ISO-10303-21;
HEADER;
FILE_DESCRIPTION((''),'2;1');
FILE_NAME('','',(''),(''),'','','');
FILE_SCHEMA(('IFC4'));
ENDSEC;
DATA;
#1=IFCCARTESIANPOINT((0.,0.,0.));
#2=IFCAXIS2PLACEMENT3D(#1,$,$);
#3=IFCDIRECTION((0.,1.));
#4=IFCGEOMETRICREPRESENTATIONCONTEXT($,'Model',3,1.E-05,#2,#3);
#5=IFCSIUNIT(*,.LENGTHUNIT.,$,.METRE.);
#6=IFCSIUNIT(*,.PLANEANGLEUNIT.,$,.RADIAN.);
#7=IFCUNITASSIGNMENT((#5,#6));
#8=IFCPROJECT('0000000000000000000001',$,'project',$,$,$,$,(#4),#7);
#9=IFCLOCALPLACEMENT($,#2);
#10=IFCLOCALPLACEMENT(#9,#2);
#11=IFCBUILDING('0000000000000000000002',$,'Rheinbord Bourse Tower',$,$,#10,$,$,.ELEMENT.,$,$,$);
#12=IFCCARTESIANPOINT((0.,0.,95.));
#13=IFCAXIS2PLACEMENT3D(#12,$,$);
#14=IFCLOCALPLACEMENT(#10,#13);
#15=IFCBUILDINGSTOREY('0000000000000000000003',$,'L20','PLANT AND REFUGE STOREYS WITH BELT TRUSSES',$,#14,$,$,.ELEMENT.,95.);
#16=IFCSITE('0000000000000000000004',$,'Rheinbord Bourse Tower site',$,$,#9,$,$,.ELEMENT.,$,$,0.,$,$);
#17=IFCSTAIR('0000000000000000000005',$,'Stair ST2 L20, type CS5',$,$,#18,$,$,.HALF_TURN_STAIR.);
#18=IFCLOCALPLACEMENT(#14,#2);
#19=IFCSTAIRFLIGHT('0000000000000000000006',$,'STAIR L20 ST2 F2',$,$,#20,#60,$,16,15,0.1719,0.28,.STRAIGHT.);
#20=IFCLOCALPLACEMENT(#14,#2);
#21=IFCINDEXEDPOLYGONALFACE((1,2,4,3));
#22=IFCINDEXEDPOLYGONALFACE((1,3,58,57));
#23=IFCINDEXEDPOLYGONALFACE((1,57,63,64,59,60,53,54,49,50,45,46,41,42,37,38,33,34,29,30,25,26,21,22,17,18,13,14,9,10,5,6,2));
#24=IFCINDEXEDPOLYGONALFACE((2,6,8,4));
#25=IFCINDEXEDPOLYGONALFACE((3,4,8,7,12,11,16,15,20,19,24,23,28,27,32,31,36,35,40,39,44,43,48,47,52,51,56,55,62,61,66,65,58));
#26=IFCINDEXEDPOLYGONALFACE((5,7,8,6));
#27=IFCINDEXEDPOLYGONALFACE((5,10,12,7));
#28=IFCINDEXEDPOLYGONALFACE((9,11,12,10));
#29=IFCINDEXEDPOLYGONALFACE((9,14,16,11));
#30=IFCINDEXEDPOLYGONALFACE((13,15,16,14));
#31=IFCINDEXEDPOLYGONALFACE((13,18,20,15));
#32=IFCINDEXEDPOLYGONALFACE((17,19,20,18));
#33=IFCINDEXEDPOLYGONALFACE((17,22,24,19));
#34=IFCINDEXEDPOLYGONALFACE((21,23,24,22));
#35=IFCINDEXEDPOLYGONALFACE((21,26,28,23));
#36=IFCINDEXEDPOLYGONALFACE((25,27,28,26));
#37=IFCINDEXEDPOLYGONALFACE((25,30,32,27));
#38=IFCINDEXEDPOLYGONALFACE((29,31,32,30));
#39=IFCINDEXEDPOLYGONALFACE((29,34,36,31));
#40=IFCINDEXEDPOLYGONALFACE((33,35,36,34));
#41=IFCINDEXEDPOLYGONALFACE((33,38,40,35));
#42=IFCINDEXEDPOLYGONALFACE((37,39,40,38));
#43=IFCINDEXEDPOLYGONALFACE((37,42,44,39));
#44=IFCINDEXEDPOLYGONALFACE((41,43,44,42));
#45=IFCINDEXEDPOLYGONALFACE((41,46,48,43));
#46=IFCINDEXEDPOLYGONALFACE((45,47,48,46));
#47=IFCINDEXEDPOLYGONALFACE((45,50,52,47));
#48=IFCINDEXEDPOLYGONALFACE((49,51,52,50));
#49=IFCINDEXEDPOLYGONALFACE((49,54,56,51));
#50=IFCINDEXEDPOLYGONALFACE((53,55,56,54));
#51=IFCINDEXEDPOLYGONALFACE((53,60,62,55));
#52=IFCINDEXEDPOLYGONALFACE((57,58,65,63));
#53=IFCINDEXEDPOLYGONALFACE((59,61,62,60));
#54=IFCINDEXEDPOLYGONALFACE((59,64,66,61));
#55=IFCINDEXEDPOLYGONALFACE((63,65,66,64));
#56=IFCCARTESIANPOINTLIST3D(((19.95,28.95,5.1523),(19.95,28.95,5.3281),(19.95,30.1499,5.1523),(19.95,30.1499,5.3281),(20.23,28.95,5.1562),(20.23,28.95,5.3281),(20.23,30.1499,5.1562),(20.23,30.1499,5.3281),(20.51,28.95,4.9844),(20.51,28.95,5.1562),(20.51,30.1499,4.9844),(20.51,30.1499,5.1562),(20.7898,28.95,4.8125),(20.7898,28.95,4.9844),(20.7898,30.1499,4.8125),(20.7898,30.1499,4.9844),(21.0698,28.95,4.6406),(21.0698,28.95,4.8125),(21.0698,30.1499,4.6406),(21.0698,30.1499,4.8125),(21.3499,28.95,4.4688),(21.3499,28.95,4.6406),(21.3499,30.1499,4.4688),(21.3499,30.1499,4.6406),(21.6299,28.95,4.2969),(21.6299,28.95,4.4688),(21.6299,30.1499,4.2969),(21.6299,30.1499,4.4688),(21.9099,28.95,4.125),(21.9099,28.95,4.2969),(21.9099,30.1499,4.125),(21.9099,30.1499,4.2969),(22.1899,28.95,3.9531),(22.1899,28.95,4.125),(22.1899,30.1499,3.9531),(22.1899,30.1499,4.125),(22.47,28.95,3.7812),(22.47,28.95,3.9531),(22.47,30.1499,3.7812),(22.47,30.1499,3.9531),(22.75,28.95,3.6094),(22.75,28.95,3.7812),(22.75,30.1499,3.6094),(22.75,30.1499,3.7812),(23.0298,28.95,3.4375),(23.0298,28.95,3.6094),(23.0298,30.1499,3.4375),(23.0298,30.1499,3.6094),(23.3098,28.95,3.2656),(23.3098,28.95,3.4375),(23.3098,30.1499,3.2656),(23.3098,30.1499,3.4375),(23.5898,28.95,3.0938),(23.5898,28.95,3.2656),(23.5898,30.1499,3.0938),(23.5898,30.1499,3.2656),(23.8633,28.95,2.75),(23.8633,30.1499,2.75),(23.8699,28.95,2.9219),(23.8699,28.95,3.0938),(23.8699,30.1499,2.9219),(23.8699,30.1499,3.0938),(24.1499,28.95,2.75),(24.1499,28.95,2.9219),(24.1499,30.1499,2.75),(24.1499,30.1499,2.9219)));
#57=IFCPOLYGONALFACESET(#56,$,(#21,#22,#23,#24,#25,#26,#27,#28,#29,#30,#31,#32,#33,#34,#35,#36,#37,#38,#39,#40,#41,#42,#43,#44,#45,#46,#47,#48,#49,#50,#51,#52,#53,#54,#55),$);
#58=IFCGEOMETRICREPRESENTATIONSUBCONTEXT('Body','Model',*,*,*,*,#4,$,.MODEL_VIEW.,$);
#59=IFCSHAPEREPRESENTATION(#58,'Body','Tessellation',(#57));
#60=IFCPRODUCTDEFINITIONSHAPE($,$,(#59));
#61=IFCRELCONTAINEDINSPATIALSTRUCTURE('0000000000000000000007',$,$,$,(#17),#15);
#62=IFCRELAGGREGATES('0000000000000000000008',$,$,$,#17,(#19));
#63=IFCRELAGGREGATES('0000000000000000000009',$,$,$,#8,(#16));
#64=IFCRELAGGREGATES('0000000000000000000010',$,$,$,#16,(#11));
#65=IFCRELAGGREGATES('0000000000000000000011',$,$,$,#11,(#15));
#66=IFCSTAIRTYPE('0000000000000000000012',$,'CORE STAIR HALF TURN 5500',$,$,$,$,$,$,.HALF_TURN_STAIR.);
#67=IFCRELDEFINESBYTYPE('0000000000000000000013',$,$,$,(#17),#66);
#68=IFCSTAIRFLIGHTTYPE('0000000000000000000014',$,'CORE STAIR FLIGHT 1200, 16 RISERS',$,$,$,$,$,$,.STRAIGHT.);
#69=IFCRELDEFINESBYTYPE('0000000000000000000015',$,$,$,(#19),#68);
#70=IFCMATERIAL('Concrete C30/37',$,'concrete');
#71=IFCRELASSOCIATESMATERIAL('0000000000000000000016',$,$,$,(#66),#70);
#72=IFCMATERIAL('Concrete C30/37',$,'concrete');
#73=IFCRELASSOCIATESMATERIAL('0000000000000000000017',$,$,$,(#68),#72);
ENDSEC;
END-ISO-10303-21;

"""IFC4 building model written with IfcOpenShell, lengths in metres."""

from ifc_helpers import new_model, si_unit, direction, frame, origin, place, context, subcontext, project, spatial, polyline, outline, extrude, material, type_object, element, aggregate, save


model = new_model("IFC4")

# Units and contexts
model_context = context("Model", 3, precision=1e-05, world=origin(), true_north=direction((0.0, 1.0)))
body_context = subcontext(model_context, "Body", "Model", "MODEL_VIEW")
ifc_project = project(units=[si_unit("LENGTHUNIT", "METRE"), si_unit("PLANEANGLEUNIT", "RADIAN")], contexts=[model_context])

# Site, building, storey
site_placement = place(None, origin())
site = spatial("IfcSite", under=ifc_project, at=site_placement, Name="Rheinbord Bourse Tower site", CompositionType="ELEMENT", RefElevation=0.0)
building_placement = place(site_placement, origin())
building = spatial("IfcBuilding", under=site, at=building_placement, Name="Rheinbord Bourse Tower", CompositionType="ELEMENT")
storey_placement = place(building_placement, frame((0.0, 0.0, 95.0)))
storey = spatial("IfcBuildingStorey", under=building, at=storey_placement, Name="L20", Description="PLANT AND REFUGE STOREYS WITH BELT TRUSSES", CompositionType="ELEMENT", Elevation=95.0)

# Stair, stair flight
ifc_material_1 = material(Name="Concrete C30/37", Category="concrete")
stair_type = type_object("IfcStairType", Name="CORE STAIR HALF TURN 5500", PredefinedType="HALF_TURN_STAIR", material=ifc_material_1)
stair_placement = place(storey_placement, origin())
stair = element("IfcStair", 1, at=stair_placement, inside=storey, type_object=stair_type, Name="Stair ST2 L20, type CS5", PredefinedType="HALF_TURN_STAIR")
ifc_material_2 = material(Name="Concrete C30/37", Category="concrete")
stair_flight_type = type_object("IfcStairFlightType", Name="CORE STAIR FLIGHT 1200, 16 RISERS", PredefinedType="STRAIGHT", material=ifc_material_2)
stair_flight_1_placement = place(storey_placement, frame((24.1499, 29.55, 2.75), z_axis=(0.0, 0.0, 1.0), x_axis=(-1.0, 0.0, 0.0)))
stair_flight_1 = element("IfcStairFlight", 2, at=stair_flight_1_placement, type_object=stair_flight_type, Name="STAIR L20 ST2 F2", NumberOfRisers=16, NumberOfTreads=15, PredefinedType="STRAIGHT", RiserHeight=0.1719, TreadLength=0.28, context=body_context, shape_type="SweptSolid", body=[
    extrude(outline(polyline([(0.0, 0.0), (0.0, 0.1719), (0.28, 0.1719), (0.28, 0.3438), (0.5601, 0.3438), (0.5601, 0.5156), (0.8401, 0.5156), (0.8401, 0.6875), (1.1201, 0.6875), (1.1201, 0.8594), (1.3999, 0.8594), (1.3999, 1.0312), (1.6799, 1.0312), (1.6799, 1.2031), (1.96, 1.2031), (1.96, 1.375), (2.24, 1.375), (2.24, 1.5469), (2.52, 1.5469), (2.52, 1.7188), (2.8, 1.7188), (2.8, 1.8906), (3.0801, 1.8906), (3.0801, 2.0625), (3.3601, 2.0625), (3.3601, 2.2344), (3.6399, 2.2344), (3.6399, 2.4062), (3.9199, 2.4062), (3.9199, 2.5781), (4.2, 2.5781), (4.2, 2.75), (4.2, 2.4023), (0.2866, 0.0), (0.0, 0.0)])), frame((0.0, 0.6001, 0.0), z_axis=(0.0, -1.0, 0.0), x_axis=(1.0, 0.0, 0.0)), (0.0, 0.0, 1.0), 1.2),
])
aggregate(stair, [stair_flight_1])

save(model, "model.ifc")
